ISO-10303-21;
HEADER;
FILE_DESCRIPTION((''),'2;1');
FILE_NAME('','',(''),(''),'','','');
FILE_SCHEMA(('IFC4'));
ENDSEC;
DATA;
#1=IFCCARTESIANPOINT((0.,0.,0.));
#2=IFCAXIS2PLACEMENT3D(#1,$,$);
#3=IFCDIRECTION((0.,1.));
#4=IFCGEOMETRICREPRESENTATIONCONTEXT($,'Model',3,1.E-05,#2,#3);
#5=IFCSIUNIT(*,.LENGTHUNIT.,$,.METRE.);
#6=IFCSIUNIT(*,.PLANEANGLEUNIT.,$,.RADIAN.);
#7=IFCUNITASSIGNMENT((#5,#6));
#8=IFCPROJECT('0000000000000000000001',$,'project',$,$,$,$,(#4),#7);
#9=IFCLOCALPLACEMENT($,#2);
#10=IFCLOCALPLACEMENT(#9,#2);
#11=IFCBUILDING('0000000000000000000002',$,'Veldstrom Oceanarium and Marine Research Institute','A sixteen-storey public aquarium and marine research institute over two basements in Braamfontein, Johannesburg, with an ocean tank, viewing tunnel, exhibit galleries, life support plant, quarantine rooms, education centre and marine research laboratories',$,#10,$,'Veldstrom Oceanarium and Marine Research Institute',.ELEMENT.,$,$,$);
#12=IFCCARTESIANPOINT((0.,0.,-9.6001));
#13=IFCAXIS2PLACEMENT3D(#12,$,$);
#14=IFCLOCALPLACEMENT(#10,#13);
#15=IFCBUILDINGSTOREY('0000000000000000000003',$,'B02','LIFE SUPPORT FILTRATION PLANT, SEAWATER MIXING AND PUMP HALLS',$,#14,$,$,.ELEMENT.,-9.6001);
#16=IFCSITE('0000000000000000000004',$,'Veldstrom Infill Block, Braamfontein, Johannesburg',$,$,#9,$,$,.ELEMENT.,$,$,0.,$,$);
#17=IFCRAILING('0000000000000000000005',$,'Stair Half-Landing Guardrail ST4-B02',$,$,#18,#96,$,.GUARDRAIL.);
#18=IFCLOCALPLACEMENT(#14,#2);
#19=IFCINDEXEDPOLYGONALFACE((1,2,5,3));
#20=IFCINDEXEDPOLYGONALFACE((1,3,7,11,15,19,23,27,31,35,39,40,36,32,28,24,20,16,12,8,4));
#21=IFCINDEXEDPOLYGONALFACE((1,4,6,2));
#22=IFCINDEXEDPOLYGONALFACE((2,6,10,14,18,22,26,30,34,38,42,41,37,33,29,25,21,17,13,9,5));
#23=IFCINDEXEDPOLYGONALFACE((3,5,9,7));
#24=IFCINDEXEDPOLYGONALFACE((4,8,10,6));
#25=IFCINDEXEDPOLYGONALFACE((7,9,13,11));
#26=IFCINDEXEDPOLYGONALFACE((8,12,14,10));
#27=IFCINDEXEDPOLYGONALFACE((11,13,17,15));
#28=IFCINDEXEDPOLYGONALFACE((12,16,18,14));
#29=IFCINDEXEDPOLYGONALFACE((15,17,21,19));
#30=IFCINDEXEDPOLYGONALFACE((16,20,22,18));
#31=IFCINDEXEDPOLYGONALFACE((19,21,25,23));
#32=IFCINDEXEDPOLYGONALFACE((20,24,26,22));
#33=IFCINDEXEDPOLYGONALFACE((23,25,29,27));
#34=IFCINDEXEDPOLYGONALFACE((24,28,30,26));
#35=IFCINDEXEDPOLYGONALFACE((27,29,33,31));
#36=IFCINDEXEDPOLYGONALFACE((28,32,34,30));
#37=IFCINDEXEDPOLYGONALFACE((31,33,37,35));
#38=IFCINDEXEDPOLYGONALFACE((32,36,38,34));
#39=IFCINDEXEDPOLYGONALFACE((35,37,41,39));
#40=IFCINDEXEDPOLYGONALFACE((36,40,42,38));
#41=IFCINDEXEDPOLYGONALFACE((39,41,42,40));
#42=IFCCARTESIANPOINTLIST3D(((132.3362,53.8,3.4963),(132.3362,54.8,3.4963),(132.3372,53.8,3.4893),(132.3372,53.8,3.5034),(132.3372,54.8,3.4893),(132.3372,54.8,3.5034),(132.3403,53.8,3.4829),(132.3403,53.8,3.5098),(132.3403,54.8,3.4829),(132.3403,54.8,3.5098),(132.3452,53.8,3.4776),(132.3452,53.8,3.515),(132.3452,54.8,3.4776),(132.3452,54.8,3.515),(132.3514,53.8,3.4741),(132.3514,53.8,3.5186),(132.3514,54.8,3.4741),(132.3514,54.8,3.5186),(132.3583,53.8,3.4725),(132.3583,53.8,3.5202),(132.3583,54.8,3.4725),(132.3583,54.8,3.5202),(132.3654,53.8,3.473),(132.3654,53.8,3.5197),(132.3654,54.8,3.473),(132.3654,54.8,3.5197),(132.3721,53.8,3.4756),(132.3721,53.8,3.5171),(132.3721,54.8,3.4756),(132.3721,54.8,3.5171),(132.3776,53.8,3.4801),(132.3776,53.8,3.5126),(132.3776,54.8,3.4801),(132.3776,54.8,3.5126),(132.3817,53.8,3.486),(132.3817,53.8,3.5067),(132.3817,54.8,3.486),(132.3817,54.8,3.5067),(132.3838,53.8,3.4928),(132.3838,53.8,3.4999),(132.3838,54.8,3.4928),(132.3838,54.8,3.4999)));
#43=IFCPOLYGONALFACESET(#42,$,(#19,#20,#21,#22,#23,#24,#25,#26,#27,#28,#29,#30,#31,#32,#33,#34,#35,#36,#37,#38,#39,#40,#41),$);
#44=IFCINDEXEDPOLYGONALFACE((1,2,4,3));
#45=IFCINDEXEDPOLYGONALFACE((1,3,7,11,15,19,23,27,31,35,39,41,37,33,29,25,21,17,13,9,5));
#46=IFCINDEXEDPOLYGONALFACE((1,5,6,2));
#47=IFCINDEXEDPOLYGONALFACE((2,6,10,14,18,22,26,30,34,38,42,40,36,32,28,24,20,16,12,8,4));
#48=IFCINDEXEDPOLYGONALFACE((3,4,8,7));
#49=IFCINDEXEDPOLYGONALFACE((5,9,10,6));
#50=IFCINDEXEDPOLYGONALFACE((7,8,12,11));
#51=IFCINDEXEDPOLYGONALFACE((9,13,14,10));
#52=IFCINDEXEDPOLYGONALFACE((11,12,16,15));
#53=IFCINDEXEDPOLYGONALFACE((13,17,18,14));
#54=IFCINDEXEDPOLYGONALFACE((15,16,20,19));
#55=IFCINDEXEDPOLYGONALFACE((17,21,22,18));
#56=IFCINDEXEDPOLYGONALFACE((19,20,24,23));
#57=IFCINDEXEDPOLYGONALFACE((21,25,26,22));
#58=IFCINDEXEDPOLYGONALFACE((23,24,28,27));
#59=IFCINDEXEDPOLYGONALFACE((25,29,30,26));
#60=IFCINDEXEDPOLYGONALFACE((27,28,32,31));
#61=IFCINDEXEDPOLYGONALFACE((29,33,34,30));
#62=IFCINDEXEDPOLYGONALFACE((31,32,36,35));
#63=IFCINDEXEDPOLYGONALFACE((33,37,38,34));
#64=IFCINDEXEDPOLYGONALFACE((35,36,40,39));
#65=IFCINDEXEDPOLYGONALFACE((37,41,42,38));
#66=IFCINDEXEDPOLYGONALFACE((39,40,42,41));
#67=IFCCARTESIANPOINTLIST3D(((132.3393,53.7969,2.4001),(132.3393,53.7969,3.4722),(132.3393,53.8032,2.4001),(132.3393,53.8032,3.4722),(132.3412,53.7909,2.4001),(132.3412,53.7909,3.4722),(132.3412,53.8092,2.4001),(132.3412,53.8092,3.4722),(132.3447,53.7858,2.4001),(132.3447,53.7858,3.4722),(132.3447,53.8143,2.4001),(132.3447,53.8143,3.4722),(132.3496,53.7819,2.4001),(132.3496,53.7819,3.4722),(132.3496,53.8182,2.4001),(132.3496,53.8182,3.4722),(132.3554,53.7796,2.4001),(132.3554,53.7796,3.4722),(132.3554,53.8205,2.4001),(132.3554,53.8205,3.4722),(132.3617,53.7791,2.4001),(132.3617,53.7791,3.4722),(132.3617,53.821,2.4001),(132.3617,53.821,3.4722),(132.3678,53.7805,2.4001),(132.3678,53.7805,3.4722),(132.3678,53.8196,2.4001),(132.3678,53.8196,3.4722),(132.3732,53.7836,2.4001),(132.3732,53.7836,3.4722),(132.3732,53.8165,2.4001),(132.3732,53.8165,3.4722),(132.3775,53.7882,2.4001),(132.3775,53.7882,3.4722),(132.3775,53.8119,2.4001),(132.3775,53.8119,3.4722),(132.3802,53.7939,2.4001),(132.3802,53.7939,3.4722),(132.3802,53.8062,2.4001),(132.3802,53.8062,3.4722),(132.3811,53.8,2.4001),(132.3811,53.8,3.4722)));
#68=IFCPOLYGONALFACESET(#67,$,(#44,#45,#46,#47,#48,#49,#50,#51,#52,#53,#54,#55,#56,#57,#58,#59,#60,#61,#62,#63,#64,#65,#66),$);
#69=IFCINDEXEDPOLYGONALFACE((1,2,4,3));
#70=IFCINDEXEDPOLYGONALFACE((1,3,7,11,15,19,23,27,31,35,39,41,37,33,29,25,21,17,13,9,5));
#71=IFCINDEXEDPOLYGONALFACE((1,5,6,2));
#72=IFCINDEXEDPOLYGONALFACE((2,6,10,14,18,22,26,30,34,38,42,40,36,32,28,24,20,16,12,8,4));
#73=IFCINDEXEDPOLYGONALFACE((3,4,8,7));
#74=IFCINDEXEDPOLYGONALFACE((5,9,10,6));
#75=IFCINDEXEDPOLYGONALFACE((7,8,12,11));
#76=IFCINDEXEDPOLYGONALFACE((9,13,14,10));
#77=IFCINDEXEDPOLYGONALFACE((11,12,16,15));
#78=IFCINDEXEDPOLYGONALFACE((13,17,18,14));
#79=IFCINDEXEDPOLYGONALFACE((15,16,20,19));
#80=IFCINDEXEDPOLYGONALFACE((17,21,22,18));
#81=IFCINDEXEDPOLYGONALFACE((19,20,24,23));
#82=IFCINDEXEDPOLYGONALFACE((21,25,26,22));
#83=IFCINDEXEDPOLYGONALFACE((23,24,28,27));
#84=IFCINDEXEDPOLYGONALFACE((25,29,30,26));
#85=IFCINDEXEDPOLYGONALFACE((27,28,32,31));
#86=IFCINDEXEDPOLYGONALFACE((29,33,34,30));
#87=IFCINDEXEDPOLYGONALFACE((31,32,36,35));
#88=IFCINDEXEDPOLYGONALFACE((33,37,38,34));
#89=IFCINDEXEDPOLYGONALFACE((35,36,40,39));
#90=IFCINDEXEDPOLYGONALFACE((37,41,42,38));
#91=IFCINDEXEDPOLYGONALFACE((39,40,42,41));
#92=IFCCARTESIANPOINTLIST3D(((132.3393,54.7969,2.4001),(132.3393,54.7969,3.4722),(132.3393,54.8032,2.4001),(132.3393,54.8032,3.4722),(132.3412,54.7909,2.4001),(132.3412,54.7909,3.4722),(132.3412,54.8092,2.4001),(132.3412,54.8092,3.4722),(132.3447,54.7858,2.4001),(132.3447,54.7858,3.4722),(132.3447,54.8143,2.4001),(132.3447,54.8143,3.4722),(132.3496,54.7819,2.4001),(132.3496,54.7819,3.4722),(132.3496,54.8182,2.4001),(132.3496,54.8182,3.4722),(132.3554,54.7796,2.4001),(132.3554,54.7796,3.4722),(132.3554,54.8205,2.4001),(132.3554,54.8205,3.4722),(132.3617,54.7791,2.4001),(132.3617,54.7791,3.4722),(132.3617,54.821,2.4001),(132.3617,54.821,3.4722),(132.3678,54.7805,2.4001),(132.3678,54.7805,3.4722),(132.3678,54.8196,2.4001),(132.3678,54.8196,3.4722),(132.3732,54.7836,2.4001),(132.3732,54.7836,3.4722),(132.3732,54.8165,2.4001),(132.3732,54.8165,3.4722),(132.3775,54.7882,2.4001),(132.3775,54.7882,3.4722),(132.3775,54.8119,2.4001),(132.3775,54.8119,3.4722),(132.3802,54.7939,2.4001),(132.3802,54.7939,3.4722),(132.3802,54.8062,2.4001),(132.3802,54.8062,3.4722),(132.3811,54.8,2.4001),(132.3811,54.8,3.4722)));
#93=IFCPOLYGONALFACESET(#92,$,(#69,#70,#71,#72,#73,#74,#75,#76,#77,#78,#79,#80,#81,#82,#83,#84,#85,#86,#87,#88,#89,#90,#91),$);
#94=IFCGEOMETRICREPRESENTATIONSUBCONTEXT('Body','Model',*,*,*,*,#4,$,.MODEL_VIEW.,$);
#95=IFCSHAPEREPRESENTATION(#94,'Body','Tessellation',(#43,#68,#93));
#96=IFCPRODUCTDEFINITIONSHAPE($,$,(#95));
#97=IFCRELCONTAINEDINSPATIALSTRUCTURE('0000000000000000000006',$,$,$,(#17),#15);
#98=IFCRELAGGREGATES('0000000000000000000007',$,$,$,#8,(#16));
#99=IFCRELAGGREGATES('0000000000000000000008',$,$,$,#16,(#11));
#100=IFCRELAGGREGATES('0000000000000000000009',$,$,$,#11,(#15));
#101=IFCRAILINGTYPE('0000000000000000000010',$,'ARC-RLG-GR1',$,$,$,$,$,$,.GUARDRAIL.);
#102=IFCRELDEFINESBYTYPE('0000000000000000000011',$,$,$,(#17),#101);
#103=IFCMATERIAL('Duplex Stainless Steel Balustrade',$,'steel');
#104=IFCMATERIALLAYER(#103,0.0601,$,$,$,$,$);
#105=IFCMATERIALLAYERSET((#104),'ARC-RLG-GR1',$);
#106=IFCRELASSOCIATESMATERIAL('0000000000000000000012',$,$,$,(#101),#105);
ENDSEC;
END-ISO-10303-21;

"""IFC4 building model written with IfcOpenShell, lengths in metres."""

from ifc_helpers import new_model, si_unit, direction, frame, origin, origin_2d, place, context, subcontext, project, spatial, circle, extrude, material, layer, layer_set, type_object, element, save


model = new_model("IFC4")

# Units and contexts
model_context = context("Model", 3, precision=1e-05, world=origin(), true_north=direction((0.0, 1.0)))
body_context = subcontext(model_context, "Body", "Model", "MODEL_VIEW")
ifc_project = project(units=[si_unit("LENGTHUNIT", "METRE"), si_unit("PLANEANGLEUNIT", "RADIAN")], contexts=[model_context])

# Site, building, storey
site_placement = place(None, origin())
site = spatial("IfcSite", under=ifc_project, at=site_placement, Name="Veldstrom Infill Block, Braamfontein, Johannesburg", CompositionType="ELEMENT", RefElevation=0.0)
building_placement = place(site_placement, origin())
building = spatial("IfcBuilding", under=site, at=building_placement, Name="Veldstrom Oceanarium and Marine Research Institute", Description="A sixteen-storey public aquarium and marine research institute over two basements in Braamfontein, Johannesburg, with an ocean tank, viewing tunnel, exhibit galleries, life support plant, quarantine rooms, education centre and marine research laboratories", LongName="Veldstrom Oceanarium and Marine Research Institute", CompositionType="ELEMENT")
storey_placement = place(building_placement, frame((0.0, 0.0, -9.6001)))
storey = spatial("IfcBuildingStorey", under=building, at=storey_placement, Name="B02", Description="LIFE SUPPORT FILTRATION PLANT, SEAWATER MIXING AND PUMP HALLS", CompositionType="ELEMENT", Elevation=-9.6001)

# Railing
ifc_material_1 = material(Name="Duplex Stainless Steel Balustrade", Category="steel")
ifc_layer_1 = layer(ifc_material_1, 0.0601)
ifc_layer_set_1 = layer_set([ifc_layer_1], Name="ARC-RLG-GR1")
railing_type_1 = type_object("IfcRailingType", Name="ARC-RLG-GR1", PredefinedType="GUARDRAIL", material=ifc_layer_set_1)
railing_1_placement = place(storey_placement, frame((132.3601, 53.8, 2.4001)))
element("IfcRailing", 1, at=railing_1_placement, inside=storey, type_object=railing_type_1, Name="Stair Half-Landing Guardrail ST4-B02", PredefinedType="GUARDRAIL", context=body_context, shape_type="SweptSolid", body=[
    extrude(circle(Radius=0.0239, at=origin_2d()), frame((0.0, 0.0, 1.0962), z_axis=(0.0, 1.0, 0.0), x_axis=(-1.0, 0.0, 0.0)), (0.0, 0.0, 1.0), 1.0),
    extrude(circle(Radius=0.021, at=origin_2d()), origin(), (0.0, 0.0, 1.0), 1.072),
    extrude(circle(Radius=0.021, at=origin_2d()), frame((0.0, 1.0, 0.0)), (0.0, 0.0, 1.0), 1.072),
])

save(model, "model.ifc")
